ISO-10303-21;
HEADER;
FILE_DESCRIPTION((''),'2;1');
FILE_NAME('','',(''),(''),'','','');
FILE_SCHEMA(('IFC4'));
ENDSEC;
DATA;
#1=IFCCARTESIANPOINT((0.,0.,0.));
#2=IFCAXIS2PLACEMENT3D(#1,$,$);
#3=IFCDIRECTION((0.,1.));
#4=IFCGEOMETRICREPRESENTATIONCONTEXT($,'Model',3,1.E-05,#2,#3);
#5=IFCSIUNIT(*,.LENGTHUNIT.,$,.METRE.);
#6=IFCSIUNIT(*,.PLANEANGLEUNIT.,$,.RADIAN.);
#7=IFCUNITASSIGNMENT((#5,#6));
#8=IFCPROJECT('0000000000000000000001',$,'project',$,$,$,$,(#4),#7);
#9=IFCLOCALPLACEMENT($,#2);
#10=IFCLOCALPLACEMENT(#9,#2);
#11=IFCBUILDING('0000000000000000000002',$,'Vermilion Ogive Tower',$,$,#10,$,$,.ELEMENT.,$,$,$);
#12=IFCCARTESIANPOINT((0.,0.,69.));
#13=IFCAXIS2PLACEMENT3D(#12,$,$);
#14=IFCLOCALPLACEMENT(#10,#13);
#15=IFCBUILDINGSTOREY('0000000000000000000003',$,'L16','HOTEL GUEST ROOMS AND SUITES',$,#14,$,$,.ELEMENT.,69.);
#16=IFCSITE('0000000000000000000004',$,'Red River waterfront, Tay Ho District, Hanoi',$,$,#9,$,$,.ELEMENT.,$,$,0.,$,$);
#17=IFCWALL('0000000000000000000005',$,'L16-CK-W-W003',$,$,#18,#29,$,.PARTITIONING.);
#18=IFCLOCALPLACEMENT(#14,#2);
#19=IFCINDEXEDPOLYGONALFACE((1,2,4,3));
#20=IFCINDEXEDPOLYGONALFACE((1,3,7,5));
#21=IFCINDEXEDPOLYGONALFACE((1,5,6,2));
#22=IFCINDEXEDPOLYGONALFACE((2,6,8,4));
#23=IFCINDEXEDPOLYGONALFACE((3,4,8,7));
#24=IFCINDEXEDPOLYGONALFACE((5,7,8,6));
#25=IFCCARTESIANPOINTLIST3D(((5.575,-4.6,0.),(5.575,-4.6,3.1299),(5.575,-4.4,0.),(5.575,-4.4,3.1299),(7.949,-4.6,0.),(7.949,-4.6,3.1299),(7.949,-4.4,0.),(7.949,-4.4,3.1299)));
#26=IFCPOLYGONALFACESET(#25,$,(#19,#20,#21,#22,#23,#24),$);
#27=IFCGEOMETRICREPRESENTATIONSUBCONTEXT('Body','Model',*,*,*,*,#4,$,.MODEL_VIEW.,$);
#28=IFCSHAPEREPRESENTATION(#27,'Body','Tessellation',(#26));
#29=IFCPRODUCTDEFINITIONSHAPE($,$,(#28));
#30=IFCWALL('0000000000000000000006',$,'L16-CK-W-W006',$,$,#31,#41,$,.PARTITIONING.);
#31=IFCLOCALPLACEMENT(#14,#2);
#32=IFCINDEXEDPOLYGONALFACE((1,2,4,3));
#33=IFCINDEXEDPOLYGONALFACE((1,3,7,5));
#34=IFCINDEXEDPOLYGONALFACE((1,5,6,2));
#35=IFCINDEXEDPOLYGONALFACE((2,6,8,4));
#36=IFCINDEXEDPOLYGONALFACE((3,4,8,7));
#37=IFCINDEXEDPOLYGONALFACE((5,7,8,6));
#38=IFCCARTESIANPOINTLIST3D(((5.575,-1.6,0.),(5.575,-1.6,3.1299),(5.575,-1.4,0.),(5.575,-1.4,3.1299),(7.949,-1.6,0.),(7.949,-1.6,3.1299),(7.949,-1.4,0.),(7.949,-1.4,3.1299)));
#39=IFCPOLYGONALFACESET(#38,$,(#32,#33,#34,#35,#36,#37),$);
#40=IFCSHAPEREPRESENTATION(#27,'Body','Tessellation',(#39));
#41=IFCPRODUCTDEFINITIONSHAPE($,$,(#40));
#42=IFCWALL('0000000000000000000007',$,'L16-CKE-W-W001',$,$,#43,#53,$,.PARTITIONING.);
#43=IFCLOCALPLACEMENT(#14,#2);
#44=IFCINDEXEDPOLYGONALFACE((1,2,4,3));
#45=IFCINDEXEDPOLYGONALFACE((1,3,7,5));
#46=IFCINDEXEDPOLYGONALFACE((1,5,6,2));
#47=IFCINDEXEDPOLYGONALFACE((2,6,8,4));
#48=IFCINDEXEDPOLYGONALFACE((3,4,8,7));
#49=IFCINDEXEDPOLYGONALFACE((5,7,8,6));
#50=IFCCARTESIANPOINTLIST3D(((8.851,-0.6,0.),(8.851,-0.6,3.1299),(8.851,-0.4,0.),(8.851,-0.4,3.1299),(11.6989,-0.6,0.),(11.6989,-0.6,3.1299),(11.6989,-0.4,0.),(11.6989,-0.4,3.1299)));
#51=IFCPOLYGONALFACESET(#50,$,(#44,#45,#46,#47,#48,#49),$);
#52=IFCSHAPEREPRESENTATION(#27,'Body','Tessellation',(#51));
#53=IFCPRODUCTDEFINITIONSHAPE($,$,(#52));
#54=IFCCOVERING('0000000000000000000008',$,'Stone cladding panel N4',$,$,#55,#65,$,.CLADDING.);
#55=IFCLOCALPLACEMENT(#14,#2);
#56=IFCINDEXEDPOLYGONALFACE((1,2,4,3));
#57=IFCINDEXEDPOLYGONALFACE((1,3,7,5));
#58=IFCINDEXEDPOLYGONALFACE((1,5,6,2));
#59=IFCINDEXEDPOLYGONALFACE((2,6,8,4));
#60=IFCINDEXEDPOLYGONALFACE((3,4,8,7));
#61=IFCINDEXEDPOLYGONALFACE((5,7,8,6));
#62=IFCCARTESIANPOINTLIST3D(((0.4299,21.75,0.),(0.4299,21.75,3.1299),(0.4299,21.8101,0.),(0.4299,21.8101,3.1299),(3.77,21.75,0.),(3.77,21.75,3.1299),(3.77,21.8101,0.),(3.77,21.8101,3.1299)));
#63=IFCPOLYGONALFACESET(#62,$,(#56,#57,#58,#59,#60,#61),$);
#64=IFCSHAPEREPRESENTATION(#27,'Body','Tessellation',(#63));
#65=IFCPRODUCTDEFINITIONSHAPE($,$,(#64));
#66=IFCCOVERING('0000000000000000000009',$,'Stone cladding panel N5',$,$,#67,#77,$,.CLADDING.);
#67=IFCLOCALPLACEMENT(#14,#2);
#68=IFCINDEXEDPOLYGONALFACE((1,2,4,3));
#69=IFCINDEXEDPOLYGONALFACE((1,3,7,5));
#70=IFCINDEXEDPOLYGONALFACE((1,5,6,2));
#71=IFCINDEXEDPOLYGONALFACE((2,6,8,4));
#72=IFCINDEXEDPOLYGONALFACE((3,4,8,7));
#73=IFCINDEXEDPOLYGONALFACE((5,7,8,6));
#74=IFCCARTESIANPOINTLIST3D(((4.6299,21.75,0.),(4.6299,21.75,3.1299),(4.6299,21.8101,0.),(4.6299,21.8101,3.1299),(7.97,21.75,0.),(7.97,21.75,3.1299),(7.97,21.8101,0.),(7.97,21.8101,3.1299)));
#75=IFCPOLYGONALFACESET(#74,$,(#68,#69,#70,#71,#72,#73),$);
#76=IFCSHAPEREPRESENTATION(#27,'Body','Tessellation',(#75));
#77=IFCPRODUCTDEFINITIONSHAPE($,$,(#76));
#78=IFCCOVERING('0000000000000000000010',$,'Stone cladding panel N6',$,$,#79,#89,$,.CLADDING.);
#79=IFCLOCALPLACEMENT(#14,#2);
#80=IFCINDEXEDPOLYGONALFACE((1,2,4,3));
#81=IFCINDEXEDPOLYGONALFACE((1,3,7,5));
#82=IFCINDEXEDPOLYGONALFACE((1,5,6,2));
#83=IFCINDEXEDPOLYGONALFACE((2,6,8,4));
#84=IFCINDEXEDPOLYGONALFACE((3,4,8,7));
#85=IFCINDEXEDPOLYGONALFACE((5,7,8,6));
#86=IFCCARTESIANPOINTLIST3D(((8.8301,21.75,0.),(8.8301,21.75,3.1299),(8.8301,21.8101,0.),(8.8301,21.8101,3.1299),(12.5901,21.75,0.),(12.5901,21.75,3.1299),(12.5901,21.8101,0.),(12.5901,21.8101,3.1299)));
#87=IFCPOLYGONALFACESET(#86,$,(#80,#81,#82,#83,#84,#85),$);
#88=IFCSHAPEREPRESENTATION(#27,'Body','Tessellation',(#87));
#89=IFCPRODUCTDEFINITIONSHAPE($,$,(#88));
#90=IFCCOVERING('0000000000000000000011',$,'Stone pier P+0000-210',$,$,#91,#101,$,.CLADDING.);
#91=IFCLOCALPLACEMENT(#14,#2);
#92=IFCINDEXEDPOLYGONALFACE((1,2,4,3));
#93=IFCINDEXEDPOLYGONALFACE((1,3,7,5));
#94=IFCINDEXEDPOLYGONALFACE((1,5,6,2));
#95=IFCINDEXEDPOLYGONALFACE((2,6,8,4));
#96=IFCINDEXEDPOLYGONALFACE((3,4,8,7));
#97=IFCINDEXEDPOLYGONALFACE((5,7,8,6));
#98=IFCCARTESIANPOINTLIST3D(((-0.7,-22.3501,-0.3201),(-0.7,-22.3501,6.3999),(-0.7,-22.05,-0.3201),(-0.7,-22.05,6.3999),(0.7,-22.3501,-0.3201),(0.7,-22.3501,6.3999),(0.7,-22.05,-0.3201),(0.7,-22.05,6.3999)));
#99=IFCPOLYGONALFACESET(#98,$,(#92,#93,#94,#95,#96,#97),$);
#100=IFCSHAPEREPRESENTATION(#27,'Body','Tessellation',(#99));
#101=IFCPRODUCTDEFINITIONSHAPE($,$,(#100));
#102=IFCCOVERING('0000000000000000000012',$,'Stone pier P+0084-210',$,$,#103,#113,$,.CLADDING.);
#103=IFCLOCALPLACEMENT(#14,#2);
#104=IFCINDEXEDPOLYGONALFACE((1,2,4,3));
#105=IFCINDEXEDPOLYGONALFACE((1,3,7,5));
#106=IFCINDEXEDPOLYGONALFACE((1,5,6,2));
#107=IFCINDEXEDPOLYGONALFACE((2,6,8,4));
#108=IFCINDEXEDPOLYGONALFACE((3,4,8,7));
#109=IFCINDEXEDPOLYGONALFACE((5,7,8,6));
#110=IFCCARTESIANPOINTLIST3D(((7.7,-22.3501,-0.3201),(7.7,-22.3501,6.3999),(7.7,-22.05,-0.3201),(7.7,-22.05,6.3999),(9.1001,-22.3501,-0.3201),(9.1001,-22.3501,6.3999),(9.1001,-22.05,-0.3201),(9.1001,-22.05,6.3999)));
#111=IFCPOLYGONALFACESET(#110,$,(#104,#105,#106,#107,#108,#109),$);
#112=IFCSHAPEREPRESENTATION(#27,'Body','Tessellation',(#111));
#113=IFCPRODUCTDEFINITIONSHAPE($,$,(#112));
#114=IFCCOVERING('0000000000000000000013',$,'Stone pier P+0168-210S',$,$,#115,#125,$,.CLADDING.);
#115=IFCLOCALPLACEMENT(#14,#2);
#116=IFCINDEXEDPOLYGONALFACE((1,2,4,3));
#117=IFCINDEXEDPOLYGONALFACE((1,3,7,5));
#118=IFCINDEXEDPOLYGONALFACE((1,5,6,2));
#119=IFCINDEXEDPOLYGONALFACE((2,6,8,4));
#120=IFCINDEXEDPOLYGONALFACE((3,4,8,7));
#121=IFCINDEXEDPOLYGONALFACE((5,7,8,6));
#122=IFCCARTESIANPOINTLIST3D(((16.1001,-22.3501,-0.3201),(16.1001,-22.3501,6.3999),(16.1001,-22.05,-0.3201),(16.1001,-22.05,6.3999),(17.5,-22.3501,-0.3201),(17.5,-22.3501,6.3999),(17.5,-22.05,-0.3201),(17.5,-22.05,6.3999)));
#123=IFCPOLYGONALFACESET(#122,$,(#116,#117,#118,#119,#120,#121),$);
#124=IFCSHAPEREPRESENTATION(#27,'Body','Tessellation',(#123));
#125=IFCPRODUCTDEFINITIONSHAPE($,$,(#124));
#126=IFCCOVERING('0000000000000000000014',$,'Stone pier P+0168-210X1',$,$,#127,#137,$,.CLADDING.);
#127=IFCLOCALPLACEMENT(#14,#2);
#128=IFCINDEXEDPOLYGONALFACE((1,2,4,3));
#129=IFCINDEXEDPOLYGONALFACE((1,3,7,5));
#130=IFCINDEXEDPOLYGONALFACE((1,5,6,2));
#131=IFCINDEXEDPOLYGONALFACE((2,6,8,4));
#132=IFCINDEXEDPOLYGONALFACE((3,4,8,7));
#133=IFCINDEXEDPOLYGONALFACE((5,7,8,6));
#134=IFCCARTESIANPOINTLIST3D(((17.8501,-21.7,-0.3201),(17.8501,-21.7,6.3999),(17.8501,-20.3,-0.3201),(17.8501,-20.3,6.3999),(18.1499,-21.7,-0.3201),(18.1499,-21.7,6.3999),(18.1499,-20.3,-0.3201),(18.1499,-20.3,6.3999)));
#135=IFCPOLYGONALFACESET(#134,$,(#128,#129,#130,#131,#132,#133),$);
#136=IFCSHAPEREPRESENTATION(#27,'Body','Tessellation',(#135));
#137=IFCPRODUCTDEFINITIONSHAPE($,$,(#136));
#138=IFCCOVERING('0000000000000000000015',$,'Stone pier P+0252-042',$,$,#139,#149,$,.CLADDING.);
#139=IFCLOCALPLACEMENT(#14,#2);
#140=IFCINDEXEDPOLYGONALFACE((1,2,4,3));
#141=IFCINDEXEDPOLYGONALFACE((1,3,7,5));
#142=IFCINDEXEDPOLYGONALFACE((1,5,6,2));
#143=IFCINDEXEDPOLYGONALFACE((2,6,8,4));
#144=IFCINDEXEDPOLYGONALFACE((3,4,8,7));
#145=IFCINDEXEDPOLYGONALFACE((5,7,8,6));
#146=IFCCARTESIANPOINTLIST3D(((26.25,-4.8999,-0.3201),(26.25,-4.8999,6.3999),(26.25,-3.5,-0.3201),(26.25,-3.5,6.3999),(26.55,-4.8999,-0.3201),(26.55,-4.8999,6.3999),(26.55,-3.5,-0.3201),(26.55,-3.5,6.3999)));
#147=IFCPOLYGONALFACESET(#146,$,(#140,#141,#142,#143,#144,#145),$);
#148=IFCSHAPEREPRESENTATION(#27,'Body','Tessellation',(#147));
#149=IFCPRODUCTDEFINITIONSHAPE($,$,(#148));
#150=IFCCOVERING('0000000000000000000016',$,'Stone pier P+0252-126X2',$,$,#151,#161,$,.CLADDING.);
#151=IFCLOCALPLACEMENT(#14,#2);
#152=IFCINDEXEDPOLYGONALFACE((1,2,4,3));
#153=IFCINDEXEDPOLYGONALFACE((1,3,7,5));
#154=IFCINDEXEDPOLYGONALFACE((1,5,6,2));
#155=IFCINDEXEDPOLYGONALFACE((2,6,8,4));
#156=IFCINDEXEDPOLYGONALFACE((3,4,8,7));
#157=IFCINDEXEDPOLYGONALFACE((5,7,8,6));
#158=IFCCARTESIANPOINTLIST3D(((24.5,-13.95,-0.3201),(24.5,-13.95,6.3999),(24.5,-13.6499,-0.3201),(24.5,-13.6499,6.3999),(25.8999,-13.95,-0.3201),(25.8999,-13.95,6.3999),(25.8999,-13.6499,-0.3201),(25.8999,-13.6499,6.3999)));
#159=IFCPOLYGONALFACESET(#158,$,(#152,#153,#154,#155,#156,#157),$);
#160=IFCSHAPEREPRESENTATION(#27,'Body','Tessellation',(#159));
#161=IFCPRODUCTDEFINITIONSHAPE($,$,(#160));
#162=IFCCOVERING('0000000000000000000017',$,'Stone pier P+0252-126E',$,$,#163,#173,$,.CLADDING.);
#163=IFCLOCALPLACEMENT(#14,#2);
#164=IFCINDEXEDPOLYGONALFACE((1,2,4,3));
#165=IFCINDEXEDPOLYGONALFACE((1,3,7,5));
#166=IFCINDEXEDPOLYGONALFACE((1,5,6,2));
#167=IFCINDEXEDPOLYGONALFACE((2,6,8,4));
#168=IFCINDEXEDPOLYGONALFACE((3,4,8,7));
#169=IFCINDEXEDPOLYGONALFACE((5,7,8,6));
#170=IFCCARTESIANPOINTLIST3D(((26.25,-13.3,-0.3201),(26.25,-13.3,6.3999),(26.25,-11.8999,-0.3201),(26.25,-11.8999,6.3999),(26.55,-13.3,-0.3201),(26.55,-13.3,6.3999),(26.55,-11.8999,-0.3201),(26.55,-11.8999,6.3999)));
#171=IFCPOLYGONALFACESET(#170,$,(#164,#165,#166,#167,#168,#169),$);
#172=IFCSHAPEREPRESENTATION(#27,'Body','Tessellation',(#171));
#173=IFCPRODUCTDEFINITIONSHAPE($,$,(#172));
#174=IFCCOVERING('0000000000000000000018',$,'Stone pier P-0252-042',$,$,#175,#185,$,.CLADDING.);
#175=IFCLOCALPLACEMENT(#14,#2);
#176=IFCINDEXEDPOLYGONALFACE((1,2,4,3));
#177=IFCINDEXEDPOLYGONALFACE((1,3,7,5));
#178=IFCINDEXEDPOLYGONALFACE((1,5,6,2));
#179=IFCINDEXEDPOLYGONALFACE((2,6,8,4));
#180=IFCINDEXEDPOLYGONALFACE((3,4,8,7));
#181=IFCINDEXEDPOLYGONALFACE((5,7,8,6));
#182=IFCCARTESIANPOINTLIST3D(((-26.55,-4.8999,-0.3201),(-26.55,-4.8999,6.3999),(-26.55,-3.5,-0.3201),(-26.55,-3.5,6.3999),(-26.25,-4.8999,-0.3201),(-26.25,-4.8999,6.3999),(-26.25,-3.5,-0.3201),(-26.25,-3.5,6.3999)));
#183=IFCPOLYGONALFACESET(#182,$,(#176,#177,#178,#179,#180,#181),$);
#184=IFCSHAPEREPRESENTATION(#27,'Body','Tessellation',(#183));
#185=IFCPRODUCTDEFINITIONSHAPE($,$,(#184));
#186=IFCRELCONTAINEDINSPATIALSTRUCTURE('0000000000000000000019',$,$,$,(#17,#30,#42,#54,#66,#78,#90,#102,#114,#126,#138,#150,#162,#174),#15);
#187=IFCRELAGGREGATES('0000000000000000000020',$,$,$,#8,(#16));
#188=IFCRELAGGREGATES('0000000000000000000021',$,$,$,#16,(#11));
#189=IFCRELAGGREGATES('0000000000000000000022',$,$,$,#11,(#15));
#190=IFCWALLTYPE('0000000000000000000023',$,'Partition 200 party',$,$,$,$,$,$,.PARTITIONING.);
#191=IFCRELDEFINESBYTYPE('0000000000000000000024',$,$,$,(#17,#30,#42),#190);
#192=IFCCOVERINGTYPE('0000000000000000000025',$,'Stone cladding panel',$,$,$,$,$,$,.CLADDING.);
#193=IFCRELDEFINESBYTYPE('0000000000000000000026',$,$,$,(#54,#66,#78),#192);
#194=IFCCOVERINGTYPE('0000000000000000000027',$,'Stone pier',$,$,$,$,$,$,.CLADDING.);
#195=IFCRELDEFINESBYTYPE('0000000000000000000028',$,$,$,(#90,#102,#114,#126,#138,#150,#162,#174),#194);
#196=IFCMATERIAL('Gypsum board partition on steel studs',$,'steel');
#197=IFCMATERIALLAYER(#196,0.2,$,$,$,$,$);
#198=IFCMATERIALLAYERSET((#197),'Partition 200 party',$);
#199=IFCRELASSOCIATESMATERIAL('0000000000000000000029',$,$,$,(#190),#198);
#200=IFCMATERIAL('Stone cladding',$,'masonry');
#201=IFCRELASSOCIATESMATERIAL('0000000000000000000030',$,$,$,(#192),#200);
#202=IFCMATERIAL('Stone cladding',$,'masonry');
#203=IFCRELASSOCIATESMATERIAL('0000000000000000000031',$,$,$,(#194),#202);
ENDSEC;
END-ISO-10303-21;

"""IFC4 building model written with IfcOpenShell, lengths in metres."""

from ifc_helpers import new_model, si_unit, direction, frame, frame_2d, origin, place, context, subcontext, project, spatial, polyline, rectangle, outline, extrude, material, layer, layer_set, type_object, element, save


model = new_model("IFC4")

# Units and contexts
model_context = context("Model", 3, precision=1e-05, world=origin(), true_north=direction((0.0, 1.0)))
body_context = subcontext(model_context, "Body", "Model", "MODEL_VIEW")
ifc_project = project(units=[si_unit("LENGTHUNIT", "METRE"), si_unit("PLANEANGLEUNIT", "RADIAN")], contexts=[model_context])

# Site, building, storey
site_placement = place(None, origin())
site = spatial("IfcSite", under=ifc_project, at=site_placement, Name="Red River waterfront, Tay Ho District, Hanoi", CompositionType="ELEMENT", RefElevation=0.0)
building_placement = place(site_placement, origin())
building = spatial("IfcBuilding", under=site, at=building_placement, Name="Vermilion Ogive Tower", CompositionType="ELEMENT")
storey_placement = place(building_placement, frame((0.0, 0.0, 69.0)))
storey = spatial("IfcBuildingStorey", under=building, at=storey_placement, Name="L16", Description="HOTEL GUEST ROOMS AND SUITES", CompositionType="ELEMENT", Elevation=69.0)

# Walls
ifc_material_1 = material(Name="Gypsum board partition on steel studs", Category="steel")
ifc_layer = layer(ifc_material_1, 0.2)
ifc_layer_set = layer_set([ifc_layer], Name="Partition 200 party")
wall_type = type_object("IfcWallType", Name="Partition 200 party", PredefinedType="PARTITIONING", material=ifc_layer_set)
for number, where, z_axis, x_axis, name in (
    (1, (5.575, -4.5, 0.0), (0.0, 0.0, 1.0), (1.0, 0.0, 0.0), "L16-CK-W-W003"),
    (2, (5.575, -1.5, 0.0), (0.0, 0.0, 1.0), (1.0, 0.0, 0.0), "L16-CK-W-W006"),
):
    element("IfcWall", number, at=place(storey_placement, frame(where, z_axis=z_axis, x_axis=x_axis)), inside=storey, type_object=wall_type, Name=name, PredefinedType="PARTITIONING", context=body_context, shape_type="SweptSolid", body=[
        extrude(rectangle(XDim=2.374, YDim=0.2, at=frame_2d((1.187, 0.0))), origin(), (0.0, 0.0, 1.0), 3.1299),
    ])
wall_placement = place(storey_placement, frame((8.8511, -0.5, 0.0), z_axis=(0.0, 0.0, 1.0), x_axis=(1.0, 0.0, 0.0)))
element("IfcWall", 3, at=wall_placement, inside=storey, type_object=wall_type, Name="L16-CKE-W-W001", PredefinedType="PARTITIONING", context=body_context, shape_type="SweptSolid", body=[
    extrude(rectangle(XDim=2.8479, YDim=0.2, at=frame_2d((1.4238, 0.0))), origin(), (0.0, 0.0, 1.0), 3.1299),
])

# Coverings
ifc_material_2 = material(Name="Stone cladding", Category="masonry")
covering_type_1 = type_object("IfcCoveringType", Name="Stone cladding panel", PredefinedType="CLADDING", material=ifc_material_2)
covering_1_placement = place(storey_placement, origin())
element("IfcCovering", 4, at=covering_1_placement, inside=storey, type_object=covering_type_1, Name="Stone cladding panel N4", PredefinedType="CLADDING", context=body_context, shape_type="SweptSolid", body=[
    extrude(outline(polyline([(0.4299, 21.75), (3.77, 21.75), (3.77, 21.8101), (0.4299, 21.8101), (0.4299, 21.75)])), origin(), (0.0, 0.0, 1.0), 3.1299),
])
covering_2_placement = place(storey_placement, origin())
element("IfcCovering", 5, at=covering_2_placement, inside=storey, type_object=covering_type_1, Name="Stone cladding panel N5", PredefinedType="CLADDING", context=body_context, shape_type="SweptSolid", body=[
    extrude(outline(polyline([(4.6299, 21.75), (7.97, 21.75), (7.97, 21.8101), (4.6299, 21.8101), (4.6299, 21.75)])), origin(), (0.0, 0.0, 1.0), 3.1299),
])
covering_3_placement = place(storey_placement, origin())
element("IfcCovering", 6, at=covering_3_placement, inside=storey, type_object=covering_type_1, Name="Stone cladding panel N6", PredefinedType="CLADDING", context=body_context, shape_type="SweptSolid", body=[
    extrude(outline(polyline([(8.8301, 21.75), (12.5901, 21.75), (12.5901, 21.8101), (8.8301, 21.8101), (8.8301, 21.75)])), origin(), (0.0, 0.0, 1.0), 3.1299),
])
ifc_material_3 = material(Name="Stone cladding", Category="masonry")
covering_type_2 = type_object("IfcCoveringType", Name="Stone pier", PredefinedType="CLADDING", material=ifc_material_3)
covering_4_placement = place(storey_placement, frame((0.0, 0.0, -0.3201)))
element("IfcCovering", 7, at=covering_4_placement, inside=storey, type_object=covering_type_2, Name="Stone pier P+0000-210", PredefinedType="CLADDING", context=body_context, shape_type="SweptSolid", body=[
    extrude(outline(polyline([(0.7, -22.3501), (-0.7, -22.3501), (-0.7, -22.05), (0.7, -22.05), (0.7, -22.3501)])), origin(), (0.0, 0.0, 1.0), 6.72),
])
covering_5_placement = place(storey_placement, frame((0.0, 0.0, -0.3201)))
element("IfcCovering", 8, at=covering_5_placement, inside=storey, type_object=covering_type_2, Name="Stone pier P+0084-210", PredefinedType="CLADDING", context=body_context, shape_type="SweptSolid", body=[
    extrude(outline(polyline([(9.1001, -22.3501), (7.7, -22.3501), (7.7, -22.05), (9.1001, -22.05), (9.1001, -22.3501)])), origin(), (0.0, 0.0, 1.0), 6.72),
])
covering_6_placement = place(storey_placement, frame((0.0, 0.0, -0.3201)))
element("IfcCovering", 9, at=covering_6_placement, inside=storey, type_object=covering_type_2, Name="Stone pier P+0168-210S", PredefinedType="CLADDING", context=body_context, shape_type="SweptSolid", body=[
    extrude(outline(polyline([(17.5, -22.3501), (16.1001, -22.3501), (16.1001, -22.05), (17.5, -22.05), (17.5, -22.3501)])), origin(), (0.0, 0.0, 1.0), 6.72),
])
covering_7_placement = place(storey_placement, frame((0.0, 0.0, -0.3201)))
element("IfcCovering", 10, at=covering_7_placement, inside=storey, type_object=covering_type_2, Name="Stone pier P+0168-210X1", PredefinedType="CLADDING", context=body_context, shape_type="SweptSolid", body=[
    extrude(outline(polyline([(18.1499, -21.7), (17.8501, -21.7), (17.8501, -20.3), (18.1499, -20.3), (18.1499, -21.7)])), origin(), (0.0, 0.0, 1.0), 6.72),
])
covering_8_placement = place(storey_placement, frame((0.0, 0.0, -0.3201)))
element("IfcCovering", 11, at=covering_8_placement, inside=storey, type_object=covering_type_2, Name="Stone pier P+0252-042", PredefinedType="CLADDING", context=body_context, shape_type="SweptSolid", body=[
    extrude(outline(polyline([(26.55, -3.5), (26.55, -4.8999), (26.25, -4.8999), (26.25, -3.5), (26.55, -3.5)])), origin(), (0.0, 0.0, 1.0), 6.72),
])
covering_9_placement = place(storey_placement, frame((0.0, 0.0, -0.3201)))
element("IfcCovering", 12, at=covering_9_placement, inside=storey, type_object=covering_type_2, Name="Stone pier P+0252-126X2", PredefinedType="CLADDING", context=body_context, shape_type="SweptSolid", body=[
    extrude(outline(polyline([(25.8999, -13.95), (24.5, -13.95), (24.5, -13.6499), (25.8999, -13.6499), (25.8999, -13.95)])), origin(), (0.0, 0.0, 1.0), 6.72),
])
covering_10_placement = place(storey_placement, frame((0.0, 0.0, -0.3201)))
element("IfcCovering", 13, at=covering_10_placement, inside=storey, type_object=covering_type_2, Name="Stone pier P+0252-126E", PredefinedType="CLADDING", context=body_context, shape_type="SweptSolid", body=[
    extrude(outline(polyline([(26.55, -13.3), (26.25, -13.3), (26.25, -11.8999), (26.55, -11.8999), (26.55, -13.3)])), origin(), (0.0, 0.0, 1.0), 6.72),
])
covering_11_placement = place(storey_placement, frame((0.0, 0.0, -0.3201)))
element("IfcCovering", 14, at=covering_11_placement, inside=storey, type_object=covering_type_2, Name="Stone pier P-0252-042", PredefinedType="CLADDING", context=body_context, shape_type="SweptSolid", body=[
    extrude(outline(polyline([(-26.55, -4.8999), (-26.55, -3.5), (-26.25, -3.5), (-26.25, -4.8999), (-26.55, -4.8999)])), origin(), (0.0, 0.0, 1.0), 6.72),
])

save(model, "model.ifc")
